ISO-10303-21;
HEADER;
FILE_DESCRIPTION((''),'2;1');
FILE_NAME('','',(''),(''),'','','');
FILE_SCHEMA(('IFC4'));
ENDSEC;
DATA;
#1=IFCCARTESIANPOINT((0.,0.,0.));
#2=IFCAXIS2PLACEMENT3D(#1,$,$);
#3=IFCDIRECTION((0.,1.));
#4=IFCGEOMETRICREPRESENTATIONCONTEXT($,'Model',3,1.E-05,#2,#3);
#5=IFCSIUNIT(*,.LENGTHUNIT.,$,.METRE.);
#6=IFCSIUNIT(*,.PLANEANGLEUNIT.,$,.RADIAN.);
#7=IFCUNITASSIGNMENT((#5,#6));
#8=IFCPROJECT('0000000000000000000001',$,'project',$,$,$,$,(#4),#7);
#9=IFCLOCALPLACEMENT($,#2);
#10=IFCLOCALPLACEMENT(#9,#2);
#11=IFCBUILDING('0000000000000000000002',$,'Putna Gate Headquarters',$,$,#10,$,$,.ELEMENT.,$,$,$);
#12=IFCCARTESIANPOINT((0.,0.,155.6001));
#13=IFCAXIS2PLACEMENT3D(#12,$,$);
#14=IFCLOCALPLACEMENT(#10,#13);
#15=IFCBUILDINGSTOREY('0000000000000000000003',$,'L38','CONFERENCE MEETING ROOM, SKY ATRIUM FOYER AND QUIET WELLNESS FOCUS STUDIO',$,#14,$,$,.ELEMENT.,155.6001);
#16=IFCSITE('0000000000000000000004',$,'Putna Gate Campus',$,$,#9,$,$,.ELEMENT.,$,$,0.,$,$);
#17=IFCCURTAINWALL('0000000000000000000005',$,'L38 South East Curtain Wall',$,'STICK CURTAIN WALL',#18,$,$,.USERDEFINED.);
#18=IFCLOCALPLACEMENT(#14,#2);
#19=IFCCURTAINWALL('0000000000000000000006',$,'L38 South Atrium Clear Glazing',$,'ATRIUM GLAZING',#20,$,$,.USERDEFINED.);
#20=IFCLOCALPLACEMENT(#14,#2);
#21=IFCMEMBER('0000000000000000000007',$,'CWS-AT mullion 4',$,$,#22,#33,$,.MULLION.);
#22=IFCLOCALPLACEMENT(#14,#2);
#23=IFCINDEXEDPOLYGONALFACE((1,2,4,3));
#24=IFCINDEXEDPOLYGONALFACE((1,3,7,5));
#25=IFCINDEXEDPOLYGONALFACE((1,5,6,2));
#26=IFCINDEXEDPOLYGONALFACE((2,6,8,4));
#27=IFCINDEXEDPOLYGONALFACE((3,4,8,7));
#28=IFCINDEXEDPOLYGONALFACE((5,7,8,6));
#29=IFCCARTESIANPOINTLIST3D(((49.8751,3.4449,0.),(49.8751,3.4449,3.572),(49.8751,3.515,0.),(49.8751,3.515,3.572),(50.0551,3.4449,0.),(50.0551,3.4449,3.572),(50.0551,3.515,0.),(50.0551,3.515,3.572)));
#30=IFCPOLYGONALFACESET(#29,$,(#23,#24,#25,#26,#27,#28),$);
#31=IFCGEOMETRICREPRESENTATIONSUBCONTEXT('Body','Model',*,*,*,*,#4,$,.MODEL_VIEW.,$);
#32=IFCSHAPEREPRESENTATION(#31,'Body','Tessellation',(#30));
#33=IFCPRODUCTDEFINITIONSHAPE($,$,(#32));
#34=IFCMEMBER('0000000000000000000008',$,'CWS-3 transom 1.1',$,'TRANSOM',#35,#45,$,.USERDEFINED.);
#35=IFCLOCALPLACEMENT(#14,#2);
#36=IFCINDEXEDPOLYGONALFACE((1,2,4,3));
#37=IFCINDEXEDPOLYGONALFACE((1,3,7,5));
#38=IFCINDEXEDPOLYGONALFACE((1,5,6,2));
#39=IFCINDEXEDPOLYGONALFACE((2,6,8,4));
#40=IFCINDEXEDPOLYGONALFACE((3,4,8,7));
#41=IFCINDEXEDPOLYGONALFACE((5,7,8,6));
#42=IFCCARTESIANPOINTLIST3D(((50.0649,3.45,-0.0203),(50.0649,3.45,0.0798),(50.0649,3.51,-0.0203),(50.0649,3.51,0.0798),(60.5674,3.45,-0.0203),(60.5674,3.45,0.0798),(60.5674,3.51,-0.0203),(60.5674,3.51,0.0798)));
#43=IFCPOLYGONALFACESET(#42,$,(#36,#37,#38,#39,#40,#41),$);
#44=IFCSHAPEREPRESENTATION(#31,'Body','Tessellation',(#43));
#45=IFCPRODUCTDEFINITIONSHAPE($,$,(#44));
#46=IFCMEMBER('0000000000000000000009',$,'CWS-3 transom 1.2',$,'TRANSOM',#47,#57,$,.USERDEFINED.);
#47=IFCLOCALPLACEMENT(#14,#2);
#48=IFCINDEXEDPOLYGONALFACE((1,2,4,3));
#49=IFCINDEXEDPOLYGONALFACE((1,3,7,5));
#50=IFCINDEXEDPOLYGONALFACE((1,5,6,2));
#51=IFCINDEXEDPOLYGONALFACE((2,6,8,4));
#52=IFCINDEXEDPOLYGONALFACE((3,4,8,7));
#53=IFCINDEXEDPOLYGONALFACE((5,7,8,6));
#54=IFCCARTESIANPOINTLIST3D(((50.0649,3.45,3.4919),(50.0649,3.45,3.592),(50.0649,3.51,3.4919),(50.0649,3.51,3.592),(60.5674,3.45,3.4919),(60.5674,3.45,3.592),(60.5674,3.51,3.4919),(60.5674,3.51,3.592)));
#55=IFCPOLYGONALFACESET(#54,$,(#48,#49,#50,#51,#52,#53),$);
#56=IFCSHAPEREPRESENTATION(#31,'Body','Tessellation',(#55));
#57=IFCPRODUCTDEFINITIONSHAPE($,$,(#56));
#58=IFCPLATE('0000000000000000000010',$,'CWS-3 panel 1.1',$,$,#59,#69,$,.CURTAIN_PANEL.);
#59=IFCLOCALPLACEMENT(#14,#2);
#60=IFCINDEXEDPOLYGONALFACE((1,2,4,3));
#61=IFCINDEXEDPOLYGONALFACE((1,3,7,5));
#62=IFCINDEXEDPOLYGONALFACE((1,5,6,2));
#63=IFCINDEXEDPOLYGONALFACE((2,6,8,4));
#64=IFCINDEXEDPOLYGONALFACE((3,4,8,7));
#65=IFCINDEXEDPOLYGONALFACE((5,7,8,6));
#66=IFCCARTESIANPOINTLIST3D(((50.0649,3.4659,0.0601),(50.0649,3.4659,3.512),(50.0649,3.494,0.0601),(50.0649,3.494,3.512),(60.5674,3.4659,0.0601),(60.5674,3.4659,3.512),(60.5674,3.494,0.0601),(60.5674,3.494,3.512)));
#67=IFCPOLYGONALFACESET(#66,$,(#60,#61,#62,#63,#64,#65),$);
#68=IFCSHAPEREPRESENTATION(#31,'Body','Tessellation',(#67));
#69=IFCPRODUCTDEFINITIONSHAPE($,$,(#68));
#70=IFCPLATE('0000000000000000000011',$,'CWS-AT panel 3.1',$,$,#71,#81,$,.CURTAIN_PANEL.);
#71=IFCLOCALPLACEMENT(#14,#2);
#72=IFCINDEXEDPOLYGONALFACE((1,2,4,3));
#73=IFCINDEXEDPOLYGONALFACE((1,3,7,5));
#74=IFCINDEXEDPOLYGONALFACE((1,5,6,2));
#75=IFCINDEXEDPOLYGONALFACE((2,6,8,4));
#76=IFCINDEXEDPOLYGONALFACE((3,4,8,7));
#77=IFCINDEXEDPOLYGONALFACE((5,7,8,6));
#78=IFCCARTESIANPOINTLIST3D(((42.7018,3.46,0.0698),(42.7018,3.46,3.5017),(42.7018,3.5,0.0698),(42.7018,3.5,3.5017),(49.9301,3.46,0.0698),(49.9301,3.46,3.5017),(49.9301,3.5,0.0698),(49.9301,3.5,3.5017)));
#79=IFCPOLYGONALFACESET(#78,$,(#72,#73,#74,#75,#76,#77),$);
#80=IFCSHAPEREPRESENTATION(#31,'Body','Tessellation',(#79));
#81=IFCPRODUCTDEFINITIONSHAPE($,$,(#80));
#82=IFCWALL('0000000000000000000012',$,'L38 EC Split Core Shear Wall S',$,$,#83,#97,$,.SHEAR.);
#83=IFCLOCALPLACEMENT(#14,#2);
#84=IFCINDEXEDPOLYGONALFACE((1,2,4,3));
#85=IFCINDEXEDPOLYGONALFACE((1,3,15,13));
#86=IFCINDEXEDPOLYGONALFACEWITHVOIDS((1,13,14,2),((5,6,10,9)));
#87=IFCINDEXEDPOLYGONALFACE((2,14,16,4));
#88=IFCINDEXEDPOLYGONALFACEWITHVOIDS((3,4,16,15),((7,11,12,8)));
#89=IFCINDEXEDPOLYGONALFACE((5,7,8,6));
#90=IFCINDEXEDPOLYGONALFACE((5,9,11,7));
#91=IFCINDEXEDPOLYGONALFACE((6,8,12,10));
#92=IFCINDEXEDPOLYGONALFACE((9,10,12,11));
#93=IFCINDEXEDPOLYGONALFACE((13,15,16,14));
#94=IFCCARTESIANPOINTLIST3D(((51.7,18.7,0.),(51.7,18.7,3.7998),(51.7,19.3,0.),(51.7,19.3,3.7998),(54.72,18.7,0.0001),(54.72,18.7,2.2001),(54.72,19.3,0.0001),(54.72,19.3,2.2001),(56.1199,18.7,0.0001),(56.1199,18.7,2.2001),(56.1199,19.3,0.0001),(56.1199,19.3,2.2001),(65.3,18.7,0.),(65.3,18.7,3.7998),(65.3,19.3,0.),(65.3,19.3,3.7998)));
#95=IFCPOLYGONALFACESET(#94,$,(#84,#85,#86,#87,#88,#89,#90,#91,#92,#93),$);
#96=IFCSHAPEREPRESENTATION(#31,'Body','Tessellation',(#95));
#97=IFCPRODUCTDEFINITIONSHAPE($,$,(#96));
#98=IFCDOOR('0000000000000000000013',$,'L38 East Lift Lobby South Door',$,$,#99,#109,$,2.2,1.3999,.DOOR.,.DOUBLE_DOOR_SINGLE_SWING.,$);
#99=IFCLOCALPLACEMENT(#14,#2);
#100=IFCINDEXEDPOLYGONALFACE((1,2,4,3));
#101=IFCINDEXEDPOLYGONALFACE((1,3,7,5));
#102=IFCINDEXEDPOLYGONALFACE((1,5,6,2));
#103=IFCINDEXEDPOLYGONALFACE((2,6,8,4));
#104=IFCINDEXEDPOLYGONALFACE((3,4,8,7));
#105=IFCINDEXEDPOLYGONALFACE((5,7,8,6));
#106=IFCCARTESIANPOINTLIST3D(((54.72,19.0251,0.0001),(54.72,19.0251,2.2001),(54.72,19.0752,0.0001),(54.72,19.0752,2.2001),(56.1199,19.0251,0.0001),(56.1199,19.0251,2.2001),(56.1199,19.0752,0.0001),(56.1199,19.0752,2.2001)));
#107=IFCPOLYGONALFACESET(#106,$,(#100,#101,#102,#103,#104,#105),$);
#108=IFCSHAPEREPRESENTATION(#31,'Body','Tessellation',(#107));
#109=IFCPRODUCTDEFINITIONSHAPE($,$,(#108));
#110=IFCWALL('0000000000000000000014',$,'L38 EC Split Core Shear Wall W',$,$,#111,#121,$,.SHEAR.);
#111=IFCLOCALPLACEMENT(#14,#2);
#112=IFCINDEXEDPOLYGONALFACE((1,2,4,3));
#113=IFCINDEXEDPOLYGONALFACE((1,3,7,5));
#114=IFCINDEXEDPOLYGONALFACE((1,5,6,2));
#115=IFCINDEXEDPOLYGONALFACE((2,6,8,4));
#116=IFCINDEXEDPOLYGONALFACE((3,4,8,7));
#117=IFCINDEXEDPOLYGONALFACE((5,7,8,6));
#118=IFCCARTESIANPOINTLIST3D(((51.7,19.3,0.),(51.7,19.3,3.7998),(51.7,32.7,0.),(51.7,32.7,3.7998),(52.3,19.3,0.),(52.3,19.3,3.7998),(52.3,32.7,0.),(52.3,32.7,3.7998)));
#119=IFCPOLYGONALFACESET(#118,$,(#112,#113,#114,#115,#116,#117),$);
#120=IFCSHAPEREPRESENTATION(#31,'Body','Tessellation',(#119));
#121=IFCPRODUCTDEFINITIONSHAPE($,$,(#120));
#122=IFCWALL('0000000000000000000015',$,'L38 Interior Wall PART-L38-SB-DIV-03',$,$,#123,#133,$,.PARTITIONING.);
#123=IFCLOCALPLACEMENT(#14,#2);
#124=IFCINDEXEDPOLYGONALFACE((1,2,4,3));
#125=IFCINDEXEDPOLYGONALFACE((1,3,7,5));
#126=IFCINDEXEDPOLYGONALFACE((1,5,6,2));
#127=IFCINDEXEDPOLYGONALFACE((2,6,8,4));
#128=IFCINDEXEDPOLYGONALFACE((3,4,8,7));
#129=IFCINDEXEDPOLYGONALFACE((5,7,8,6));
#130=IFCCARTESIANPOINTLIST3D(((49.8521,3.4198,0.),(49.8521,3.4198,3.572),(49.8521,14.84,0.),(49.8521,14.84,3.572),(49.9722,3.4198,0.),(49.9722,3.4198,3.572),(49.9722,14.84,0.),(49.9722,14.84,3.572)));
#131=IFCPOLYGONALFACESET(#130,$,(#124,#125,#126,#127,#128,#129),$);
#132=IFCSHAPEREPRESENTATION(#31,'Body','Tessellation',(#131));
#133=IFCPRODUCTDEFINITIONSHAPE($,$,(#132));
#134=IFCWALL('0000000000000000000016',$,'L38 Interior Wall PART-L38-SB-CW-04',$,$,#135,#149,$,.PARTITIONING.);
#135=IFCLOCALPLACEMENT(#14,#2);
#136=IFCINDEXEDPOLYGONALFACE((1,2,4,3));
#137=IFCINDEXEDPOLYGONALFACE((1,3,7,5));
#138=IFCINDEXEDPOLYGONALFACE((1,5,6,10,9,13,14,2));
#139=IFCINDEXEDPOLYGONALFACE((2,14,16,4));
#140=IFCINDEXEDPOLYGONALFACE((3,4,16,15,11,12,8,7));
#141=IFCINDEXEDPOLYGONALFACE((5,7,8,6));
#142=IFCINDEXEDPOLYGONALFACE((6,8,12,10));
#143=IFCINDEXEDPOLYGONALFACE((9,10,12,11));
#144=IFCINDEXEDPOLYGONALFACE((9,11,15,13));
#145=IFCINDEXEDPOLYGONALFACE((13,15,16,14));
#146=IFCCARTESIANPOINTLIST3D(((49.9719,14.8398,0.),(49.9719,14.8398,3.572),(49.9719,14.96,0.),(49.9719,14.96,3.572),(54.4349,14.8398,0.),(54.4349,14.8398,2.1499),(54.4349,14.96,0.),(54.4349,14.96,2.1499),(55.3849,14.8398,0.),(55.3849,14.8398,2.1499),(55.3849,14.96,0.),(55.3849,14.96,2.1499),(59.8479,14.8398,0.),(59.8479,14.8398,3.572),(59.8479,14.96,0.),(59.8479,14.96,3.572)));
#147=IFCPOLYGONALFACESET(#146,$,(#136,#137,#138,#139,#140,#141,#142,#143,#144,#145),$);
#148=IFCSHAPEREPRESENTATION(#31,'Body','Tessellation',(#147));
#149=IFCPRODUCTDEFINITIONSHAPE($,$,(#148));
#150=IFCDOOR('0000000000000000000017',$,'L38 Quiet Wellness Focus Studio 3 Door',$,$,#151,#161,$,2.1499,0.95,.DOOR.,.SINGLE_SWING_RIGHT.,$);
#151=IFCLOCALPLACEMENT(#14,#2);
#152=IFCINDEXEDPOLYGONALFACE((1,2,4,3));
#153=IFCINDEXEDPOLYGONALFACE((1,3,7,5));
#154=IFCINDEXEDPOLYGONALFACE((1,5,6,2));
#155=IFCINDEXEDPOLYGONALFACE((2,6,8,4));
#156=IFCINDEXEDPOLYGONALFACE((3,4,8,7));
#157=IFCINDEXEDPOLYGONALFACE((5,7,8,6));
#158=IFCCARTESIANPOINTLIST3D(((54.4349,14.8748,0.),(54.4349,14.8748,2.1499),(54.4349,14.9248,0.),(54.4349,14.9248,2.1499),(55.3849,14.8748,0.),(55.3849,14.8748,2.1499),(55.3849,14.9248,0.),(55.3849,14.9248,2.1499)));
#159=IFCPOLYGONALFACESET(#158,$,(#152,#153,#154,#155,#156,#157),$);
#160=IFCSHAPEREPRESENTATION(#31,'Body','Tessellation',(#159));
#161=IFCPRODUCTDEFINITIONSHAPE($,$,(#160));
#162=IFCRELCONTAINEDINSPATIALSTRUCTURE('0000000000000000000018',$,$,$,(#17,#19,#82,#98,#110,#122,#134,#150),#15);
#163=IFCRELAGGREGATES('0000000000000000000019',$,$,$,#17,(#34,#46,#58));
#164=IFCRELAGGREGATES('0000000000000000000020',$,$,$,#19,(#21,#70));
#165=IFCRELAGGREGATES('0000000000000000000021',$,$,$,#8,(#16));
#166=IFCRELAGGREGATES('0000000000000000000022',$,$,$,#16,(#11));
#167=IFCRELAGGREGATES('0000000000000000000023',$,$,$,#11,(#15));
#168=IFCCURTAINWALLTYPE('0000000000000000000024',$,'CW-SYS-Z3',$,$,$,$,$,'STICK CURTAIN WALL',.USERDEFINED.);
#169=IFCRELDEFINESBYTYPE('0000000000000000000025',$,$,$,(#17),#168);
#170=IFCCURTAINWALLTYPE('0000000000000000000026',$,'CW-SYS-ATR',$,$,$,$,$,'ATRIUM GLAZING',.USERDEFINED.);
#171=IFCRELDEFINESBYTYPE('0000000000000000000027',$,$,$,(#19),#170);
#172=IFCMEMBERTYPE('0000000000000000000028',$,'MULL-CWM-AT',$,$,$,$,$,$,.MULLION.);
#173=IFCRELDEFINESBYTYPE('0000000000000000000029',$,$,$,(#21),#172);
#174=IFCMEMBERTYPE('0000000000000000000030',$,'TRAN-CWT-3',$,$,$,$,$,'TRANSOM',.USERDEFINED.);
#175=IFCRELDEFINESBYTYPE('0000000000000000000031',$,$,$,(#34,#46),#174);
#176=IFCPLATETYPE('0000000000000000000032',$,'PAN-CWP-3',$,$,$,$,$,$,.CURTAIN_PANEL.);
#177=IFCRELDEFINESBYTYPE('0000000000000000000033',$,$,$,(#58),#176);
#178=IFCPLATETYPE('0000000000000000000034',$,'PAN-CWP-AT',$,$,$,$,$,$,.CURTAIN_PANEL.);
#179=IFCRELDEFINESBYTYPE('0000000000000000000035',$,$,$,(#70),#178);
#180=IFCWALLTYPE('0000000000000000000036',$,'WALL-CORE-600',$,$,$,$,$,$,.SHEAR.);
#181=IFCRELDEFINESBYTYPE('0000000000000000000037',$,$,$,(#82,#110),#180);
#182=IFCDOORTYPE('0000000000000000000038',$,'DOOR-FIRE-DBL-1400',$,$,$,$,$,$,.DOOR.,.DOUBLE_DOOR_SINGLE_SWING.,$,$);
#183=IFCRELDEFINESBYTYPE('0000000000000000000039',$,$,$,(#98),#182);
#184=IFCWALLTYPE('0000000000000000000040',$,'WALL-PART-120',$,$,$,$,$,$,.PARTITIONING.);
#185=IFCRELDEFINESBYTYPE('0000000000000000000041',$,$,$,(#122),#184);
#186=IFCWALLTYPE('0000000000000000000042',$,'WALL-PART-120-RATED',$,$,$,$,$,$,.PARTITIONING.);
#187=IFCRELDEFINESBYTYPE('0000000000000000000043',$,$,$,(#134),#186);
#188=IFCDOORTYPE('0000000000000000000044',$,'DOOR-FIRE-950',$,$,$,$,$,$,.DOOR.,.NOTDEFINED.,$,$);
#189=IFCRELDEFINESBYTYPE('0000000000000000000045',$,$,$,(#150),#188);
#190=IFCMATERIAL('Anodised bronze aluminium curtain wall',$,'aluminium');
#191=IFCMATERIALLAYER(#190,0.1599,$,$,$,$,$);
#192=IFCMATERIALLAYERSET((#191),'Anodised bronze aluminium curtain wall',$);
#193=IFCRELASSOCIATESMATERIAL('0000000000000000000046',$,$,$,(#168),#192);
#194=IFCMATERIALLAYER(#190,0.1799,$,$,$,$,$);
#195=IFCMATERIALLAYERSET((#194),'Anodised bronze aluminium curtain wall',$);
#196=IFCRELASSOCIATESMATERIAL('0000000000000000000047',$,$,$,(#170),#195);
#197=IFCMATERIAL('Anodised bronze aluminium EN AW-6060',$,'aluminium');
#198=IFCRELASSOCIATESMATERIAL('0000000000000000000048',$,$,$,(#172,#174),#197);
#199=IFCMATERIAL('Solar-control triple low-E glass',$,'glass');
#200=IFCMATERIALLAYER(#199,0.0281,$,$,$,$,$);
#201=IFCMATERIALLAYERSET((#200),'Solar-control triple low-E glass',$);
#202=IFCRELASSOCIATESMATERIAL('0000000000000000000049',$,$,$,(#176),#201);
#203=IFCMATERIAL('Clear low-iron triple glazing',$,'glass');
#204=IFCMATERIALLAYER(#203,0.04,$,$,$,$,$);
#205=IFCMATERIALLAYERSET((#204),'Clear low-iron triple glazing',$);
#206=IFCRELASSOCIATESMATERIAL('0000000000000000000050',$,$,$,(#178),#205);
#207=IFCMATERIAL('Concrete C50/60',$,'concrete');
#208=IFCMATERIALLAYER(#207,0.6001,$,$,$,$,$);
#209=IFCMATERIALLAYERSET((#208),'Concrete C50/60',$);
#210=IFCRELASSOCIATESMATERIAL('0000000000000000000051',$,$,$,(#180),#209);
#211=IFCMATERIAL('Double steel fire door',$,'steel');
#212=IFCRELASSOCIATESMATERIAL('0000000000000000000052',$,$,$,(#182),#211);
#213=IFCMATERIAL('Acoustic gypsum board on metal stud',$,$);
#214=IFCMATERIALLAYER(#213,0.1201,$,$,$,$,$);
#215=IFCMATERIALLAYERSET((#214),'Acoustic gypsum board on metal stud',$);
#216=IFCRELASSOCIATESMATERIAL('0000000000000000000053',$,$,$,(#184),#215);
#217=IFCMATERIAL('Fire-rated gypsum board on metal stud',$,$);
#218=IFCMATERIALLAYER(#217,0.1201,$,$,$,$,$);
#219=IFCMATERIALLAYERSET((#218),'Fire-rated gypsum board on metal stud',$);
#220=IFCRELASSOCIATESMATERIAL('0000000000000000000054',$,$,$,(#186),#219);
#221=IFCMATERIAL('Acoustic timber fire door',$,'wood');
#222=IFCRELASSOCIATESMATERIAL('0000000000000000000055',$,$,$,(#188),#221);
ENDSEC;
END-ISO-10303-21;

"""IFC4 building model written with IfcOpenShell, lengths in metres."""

from ifc_helpers import new_model, si_unit, direction, frame, frame_2d, origin, origin_2d, place, context, subcontext, project, spatial, rectangle, extrude, material, layer, layer_set, material_profile, profile_set, type_object, element, fill, aggregate, save


model = new_model("IFC4")

# Units and contexts
model_context = context("Model", 3, precision=1e-05, world=origin(), true_north=direction((0.0, 1.0)))
body_context = subcontext(model_context, "Body", "Model", "MODEL_VIEW")
ifc_project = project(units=[si_unit("LENGTHUNIT", "METRE"), si_unit("PLANEANGLEUNIT", "RADIAN")], contexts=[model_context])

# Site, building, storey
site_placement = place(None, origin())
site = spatial("IfcSite", under=ifc_project, at=site_placement, Name="Putna Gate Campus", CompositionType="ELEMENT", RefElevation=0.0)
building_placement = place(site_placement, origin())
building = spatial("IfcBuilding", under=site, at=building_placement, Name="Putna Gate Headquarters", CompositionType="ELEMENT")
storey_placement = place(building_placement, frame((0.0, 0.0, 155.6001)))
storey = spatial("IfcBuildingStorey", under=building, at=storey_placement, Name="L38", Description="CONFERENCE MEETING ROOM, SKY ATRIUM FOYER AND QUIET WELLNESS FOCUS STUDIO", CompositionType="ELEMENT", Elevation=155.6001)

# Shared definitions
ifc_material_1 = material(Name="Concrete C50/60", Category="concrete")

# Curtain walls, member
ifc_material_2 = material(Name="Anodised bronze aluminium curtain wall", Category="aluminium")
ifc_layer_1 = layer(ifc_material_2, 0.1599)
ifc_layer_set_1 = layer_set([ifc_layer_1], Name="Anodised bronze aluminium curtain wall")
curtain_wall_type_1 = type_object("IfcCurtainWallType", Name="CW-SYS-Z3", ElementType="STICK CURTAIN WALL", PredefinedType="USERDEFINED", material=ifc_layer_set_1)
curtain_wall_1_placement = place(storey_placement, origin())
curtain_wall_1 = element("IfcCurtainWall", 1, at=curtain_wall_1_placement, inside=storey, type_object=curtain_wall_type_1, Name="L38 South East Curtain Wall", ObjectType="STICK CURTAIN WALL", PredefinedType="USERDEFINED")
ifc_material_3 = material(Name="Anodised bronze aluminium EN AW-6060", Category="aluminium")
ifc_layer_2 = layer(ifc_material_2, 0.1799)
ifc_layer_set_2 = layer_set([ifc_layer_2], Name="Anodised bronze aluminium curtain wall")
curtain_wall_type_2 = type_object("IfcCurtainWallType", Name="CW-SYS-ATR", ElementType="ATRIUM GLAZING", PredefinedType="USERDEFINED", material=ifc_layer_set_2)
curtain_wall_2_placement = place(storey_placement, origin())
curtain_wall_2 = element("IfcCurtainWall", 2, at=curtain_wall_2_placement, inside=storey, type_object=curtain_wall_type_2, Name="L38 South Atrium Clear Glazing", ObjectType="ATRIUM GLAZING", PredefinedType="USERDEFINED")
ifc_material_profile_1 = material_profile(ifc_material_3, rectangle(XDim=0.0701, YDim=0.1799, at=origin_2d()), Name="Anodised bronze aluminium EN AW-6060")
ifc_profile_set_1 = profile_set([ifc_material_profile_1], Name="Anodised bronze aluminium EN AW-6060")
member_type_1 = type_object("IfcMemberType", Name="MULL-CWM-AT", PredefinedType="MULLION", material=ifc_profile_set_1)
member_1_placement = place(storey_placement, frame((49.9651, 3.48, 0.0), z_axis=(0.0, 0.0, 1.0), x_axis=(0.0, 1.0, 0.0)))
member_1 = element("IfcMember", 3, at=member_1_placement, type_object=member_type_1, Name="CWS-AT mullion 4", PredefinedType="MULLION", context=body_context, shape_type="SweptSolid", body=[
    extrude(rectangle(XDim=0.0701, YDim=0.1799, at=origin_2d()), origin(), (0.0, 0.0, 1.0), 3.572),
])

# Members
ifc_material_profile_2 = material_profile(ifc_material_3, rectangle(XDim=0.0601, YDim=0.1001, at=origin_2d()), Name="Anodised bronze aluminium EN AW-6060")
ifc_profile_set_2 = profile_set([ifc_material_profile_2], Name="Anodised bronze aluminium EN AW-6060")
member_type_2 = type_object("IfcMemberType", Name="TRAN-CWT-3", ElementType="TRANSOM", PredefinedType="USERDEFINED", material=ifc_profile_set_2)
member_2_placement = place(storey_placement, frame((50.0649, 3.48, 0.0298), z_axis=(1.0, 0.0, 0.0), x_axis=(0.0, 1.0, 0.0)))
member_2 = element("IfcMember", 4, at=member_2_placement, type_object=member_type_2, Name="CWS-3 transom 1.1", ObjectType="TRANSOM", PredefinedType="USERDEFINED", context=body_context, shape_type="SweptSolid", body=[
    extrude(rectangle(XDim=0.0601, YDim=0.1001, at=origin_2d()), origin(), (0.0, 0.0, 1.0), 10.5024),
])
member_3_placement = place(storey_placement, frame((50.0649, 3.48, 3.542), z_axis=(1.0, 0.0, 0.0), x_axis=(0.0, 1.0, 0.0)))
member_3 = element("IfcMember", 5, at=member_3_placement, type_object=member_type_2, Name="CWS-3 transom 1.2", ObjectType="TRANSOM", PredefinedType="USERDEFINED", context=body_context, shape_type="SweptSolid", body=[
    extrude(rectangle(XDim=0.0601, YDim=0.1001, at=origin_2d()), origin(), (0.0, 0.0, 1.0), 10.5024),
])

# Plates
ifc_material_4 = material(Name="Solar-control triple low-E glass", Category="glass")
ifc_layer_3 = layer(ifc_material_4, 0.0281)
ifc_layer_set_3 = layer_set([ifc_layer_3], Name="Solar-control triple low-E glass")
plate_type_1 = type_object("IfcPlateType", Name="PAN-CWP-3", PredefinedType="CURTAIN_PANEL", material=ifc_layer_set_3)
plate_1_placement = place(storey_placement, frame((55.3162, 3.48, 0.0601), z_axis=(0.0, 0.0, 1.0), x_axis=(1.0, 0.0, 0.0)))
plate_1 = element("IfcPlate", 6, at=plate_1_placement, type_object=plate_type_1, Name="CWS-3 panel 1.1", PredefinedType="CURTAIN_PANEL", context=body_context, shape_type="SweptSolid", body=[
    extrude(rectangle(XDim=10.5024, YDim=0.0281, at=origin_2d()), origin(), (0.0, 0.0, 1.0), 3.4519),
])
aggregate(curtain_wall_1, [member_2, member_3, plate_1])
ifc_material_5 = material(Name="Clear low-iron triple glazing", Category="glass")
ifc_layer_4 = layer(ifc_material_5, 0.04)
ifc_layer_set_4 = layer_set([ifc_layer_4], Name="Clear low-iron triple glazing")
plate_type_2 = type_object("IfcPlateType", Name="PAN-CWP-AT", PredefinedType="CURTAIN_PANEL", material=ifc_layer_set_4)
plate_2_placement = place(storey_placement, frame((46.3159, 3.48, 0.0698), z_axis=(0.0, 0.0, 1.0), x_axis=(1.0, 0.0, 0.0)))
plate_2 = element("IfcPlate", 7, at=plate_2_placement, type_object=plate_type_2, Name="CWS-AT panel 3.1", PredefinedType="CURTAIN_PANEL", context=body_context, shape_type="SweptSolid", body=[
    extrude(rectangle(XDim=7.2283, YDim=0.04, at=origin_2d()), origin(), (0.0, 0.0, 1.0), 3.4319),
])
aggregate(curtain_wall_2, [member_1, plate_2])

# Wall, opening, door
ifc_layer_5 = layer(ifc_material_1, 0.6001)
ifc_layer_set_5 = layer_set([ifc_layer_5], Name="Concrete C50/60")
wall_type_1 = type_object("IfcWallType", Name="WALL-CORE-600", PredefinedType="SHEAR", material=ifc_layer_set_5)
wall_1_placement = place(storey_placement, frame((51.7, 19.0, 0.0), z_axis=(0.0, 0.0, 1.0), x_axis=(1.0, 0.0, 0.0)))
wall_1 = element("IfcWall", 8, at=wall_1_placement, inside=storey, type_object=wall_type_1, Name="L38 EC Split Core Shear Wall S", PredefinedType="SHEAR", context=body_context, shape_type="SweptSolid", body=[
    extrude(rectangle(XDim=13.6001, YDim=0.6001, at=frame_2d((6.8, 0.0))), origin(), (0.0, 0.0, 1.0), 3.7998),
])
opening_1_placement = place(wall_1_placement, frame((3.02, 0.0, 0.0)))
opening_1 = element("IfcOpeningElement", 9, at=opening_1_placement, cuts=wall_1, PredefinedType="OPENING", context=body_context, shape_type="SweptSolid", body=[
    extrude(rectangle(XDim=1.3999, YDim=2.2, at=frame_2d((0.7, 1.1001))), frame((0.0, 0.3101, 0.0), z_axis=(0.0, -1.0, 0.0), x_axis=(1.0, 0.0, 0.0)), (0.0, 0.0, 1.0), 0.6201),
])
ifc_material_6 = material(Name="Double steel fire door", Category="steel")
door_type_1 = type_object("IfcDoorType", Name="DOOR-FIRE-DBL-1400", OperationType="DOUBLE_DOOR_SINGLE_SWING", PredefinedType="DOOR", material=ifc_material_6)
door_1_placement = place(opening_1_placement, origin())
door_1 = element("IfcDoor", 10, at=door_1_placement, inside=storey, type_object=door_type_1, Name="L38 East Lift Lobby South Door", OperationType="DOUBLE_DOOR_SINGLE_SWING", OverallHeight=2.2, OverallWidth=1.3999, PredefinedType="DOOR", context=body_context, shape_type="SweptSolid", body=[
    extrude(rectangle(XDim=1.3999, YDim=2.2, at=frame_2d((0.7, 1.1001))), frame((0.0, 0.0752, 0.0), z_axis=(0.0, -1.0, 0.0), x_axis=(1.0, 0.0, 0.0)), (0.0, 0.0, 1.0), 0.05),
])
fill(opening_1, door_1)

# Walls
wall_2_placement = place(storey_placement, frame((52.0, 19.3, 0.0), z_axis=(0.0, 0.0, 1.0), x_axis=(0.0, 1.0, 0.0)))
element("IfcWall", 11, at=wall_2_placement, inside=storey, type_object=wall_type_1, Name="L38 EC Split Core Shear Wall W", PredefinedType="SHEAR", context=body_context, shape_type="SweptSolid", body=[
    extrude(rectangle(XDim=13.3999, YDim=0.6001, at=frame_2d((6.7, 0.0))), origin(), (0.0, 0.0, 1.0), 3.7998),
])
ifc_material_7 = material(Name="Acoustic gypsum board on metal stud")
ifc_layer_6 = layer(ifc_material_7, 0.1201)
ifc_layer_set_6 = layer_set([ifc_layer_6], Name="Acoustic gypsum board on metal stud")
wall_type_2 = type_object("IfcWallType", Name="WALL-PART-120", PredefinedType="PARTITIONING", material=ifc_layer_set_6)
wall_3_placement = place(storey_placement, frame((49.9121, 3.4199, 0.0), z_axis=(0.0, 0.0, 1.0), x_axis=(0.0, 1.0, 0.0)))
element("IfcWall", 12, at=wall_3_placement, inside=storey, type_object=wall_type_2, Name="L38 Interior Wall PART-L38-SB-DIV-03", PredefinedType="PARTITIONING", context=body_context, shape_type="SweptSolid", body=[
    extrude(rectangle(XDim=11.4202, YDim=0.1201, at=frame_2d((5.71, 0.0))), origin(), (0.0, 0.0, 1.0), 3.572),
])

# Wall, opening, door
ifc_material_8 = material(Name="Fire-rated gypsum board on metal stud")
ifc_layer_7 = layer(ifc_material_8, 0.1201)
ifc_layer_set_7 = layer_set([ifc_layer_7], Name="Fire-rated gypsum board on metal stud")
wall_type_3 = type_object("IfcWallType", Name="WALL-PART-120-RATED", PredefinedType="PARTITIONING", material=ifc_layer_set_7)
wall_4_placement = place(storey_placement, frame((49.9719, 14.8999, 0.0), z_axis=(0.0, 0.0, 1.0), x_axis=(1.0, 0.0, 0.0)))
wall_4 = element("IfcWall", 13, at=wall_4_placement, inside=storey, type_object=wall_type_3, Name="L38 Interior Wall PART-L38-SB-CW-04", PredefinedType="PARTITIONING", context=body_context, shape_type="SweptSolid", body=[
    extrude(rectangle(XDim=9.876, YDim=0.1201, at=frame_2d((4.938, 0.0))), origin(), (0.0, 0.0, 1.0), 3.572),
])
opening_2_placement = place(wall_4_placement, frame((4.4629, 0.0, 0.0)))
opening_2 = element("IfcOpeningElement", 14, at=opening_2_placement, cuts=wall_4, PredefinedType="OPENING", context=body_context, shape_type="SweptSolid", body=[
    extrude(rectangle(XDim=0.95, YDim=2.1499, at=frame_2d((0.4751, 1.075))), frame((0.0, 0.0701, 0.0), z_axis=(0.0, -1.0, 0.0), x_axis=(1.0, 0.0, 0.0)), (0.0, 0.0, 1.0), 0.1401),
])
ifc_material_9 = material(Name="Acoustic timber fire door", Category="wood")
door_type_2 = type_object("IfcDoorType", Name="DOOR-FIRE-950", OperationType="NOTDEFINED", PredefinedType="DOOR", material=ifc_material_9)
door_2_placement = place(opening_2_placement, origin())
door_2 = element("IfcDoor", 15, at=door_2_placement, inside=storey, type_object=door_type_2, Name="L38 Quiet Wellness Focus Studio 3 Door", OperationType="SINGLE_SWING_RIGHT", OverallHeight=2.1499, OverallWidth=0.95, PredefinedType="DOOR", context=body_context, shape_type="SweptSolid", body=[
    extrude(rectangle(XDim=0.95, YDim=2.1499, at=frame_2d((0.4751, 1.075))), frame((0.0, 0.0249, 0.0), z_axis=(0.0, -1.0, 0.0), x_axis=(1.0, 0.0, 0.0)), (0.0, 0.0, 1.0), 0.05),
])
fill(opening_2, door_2)

save(model, "model.ifc")
